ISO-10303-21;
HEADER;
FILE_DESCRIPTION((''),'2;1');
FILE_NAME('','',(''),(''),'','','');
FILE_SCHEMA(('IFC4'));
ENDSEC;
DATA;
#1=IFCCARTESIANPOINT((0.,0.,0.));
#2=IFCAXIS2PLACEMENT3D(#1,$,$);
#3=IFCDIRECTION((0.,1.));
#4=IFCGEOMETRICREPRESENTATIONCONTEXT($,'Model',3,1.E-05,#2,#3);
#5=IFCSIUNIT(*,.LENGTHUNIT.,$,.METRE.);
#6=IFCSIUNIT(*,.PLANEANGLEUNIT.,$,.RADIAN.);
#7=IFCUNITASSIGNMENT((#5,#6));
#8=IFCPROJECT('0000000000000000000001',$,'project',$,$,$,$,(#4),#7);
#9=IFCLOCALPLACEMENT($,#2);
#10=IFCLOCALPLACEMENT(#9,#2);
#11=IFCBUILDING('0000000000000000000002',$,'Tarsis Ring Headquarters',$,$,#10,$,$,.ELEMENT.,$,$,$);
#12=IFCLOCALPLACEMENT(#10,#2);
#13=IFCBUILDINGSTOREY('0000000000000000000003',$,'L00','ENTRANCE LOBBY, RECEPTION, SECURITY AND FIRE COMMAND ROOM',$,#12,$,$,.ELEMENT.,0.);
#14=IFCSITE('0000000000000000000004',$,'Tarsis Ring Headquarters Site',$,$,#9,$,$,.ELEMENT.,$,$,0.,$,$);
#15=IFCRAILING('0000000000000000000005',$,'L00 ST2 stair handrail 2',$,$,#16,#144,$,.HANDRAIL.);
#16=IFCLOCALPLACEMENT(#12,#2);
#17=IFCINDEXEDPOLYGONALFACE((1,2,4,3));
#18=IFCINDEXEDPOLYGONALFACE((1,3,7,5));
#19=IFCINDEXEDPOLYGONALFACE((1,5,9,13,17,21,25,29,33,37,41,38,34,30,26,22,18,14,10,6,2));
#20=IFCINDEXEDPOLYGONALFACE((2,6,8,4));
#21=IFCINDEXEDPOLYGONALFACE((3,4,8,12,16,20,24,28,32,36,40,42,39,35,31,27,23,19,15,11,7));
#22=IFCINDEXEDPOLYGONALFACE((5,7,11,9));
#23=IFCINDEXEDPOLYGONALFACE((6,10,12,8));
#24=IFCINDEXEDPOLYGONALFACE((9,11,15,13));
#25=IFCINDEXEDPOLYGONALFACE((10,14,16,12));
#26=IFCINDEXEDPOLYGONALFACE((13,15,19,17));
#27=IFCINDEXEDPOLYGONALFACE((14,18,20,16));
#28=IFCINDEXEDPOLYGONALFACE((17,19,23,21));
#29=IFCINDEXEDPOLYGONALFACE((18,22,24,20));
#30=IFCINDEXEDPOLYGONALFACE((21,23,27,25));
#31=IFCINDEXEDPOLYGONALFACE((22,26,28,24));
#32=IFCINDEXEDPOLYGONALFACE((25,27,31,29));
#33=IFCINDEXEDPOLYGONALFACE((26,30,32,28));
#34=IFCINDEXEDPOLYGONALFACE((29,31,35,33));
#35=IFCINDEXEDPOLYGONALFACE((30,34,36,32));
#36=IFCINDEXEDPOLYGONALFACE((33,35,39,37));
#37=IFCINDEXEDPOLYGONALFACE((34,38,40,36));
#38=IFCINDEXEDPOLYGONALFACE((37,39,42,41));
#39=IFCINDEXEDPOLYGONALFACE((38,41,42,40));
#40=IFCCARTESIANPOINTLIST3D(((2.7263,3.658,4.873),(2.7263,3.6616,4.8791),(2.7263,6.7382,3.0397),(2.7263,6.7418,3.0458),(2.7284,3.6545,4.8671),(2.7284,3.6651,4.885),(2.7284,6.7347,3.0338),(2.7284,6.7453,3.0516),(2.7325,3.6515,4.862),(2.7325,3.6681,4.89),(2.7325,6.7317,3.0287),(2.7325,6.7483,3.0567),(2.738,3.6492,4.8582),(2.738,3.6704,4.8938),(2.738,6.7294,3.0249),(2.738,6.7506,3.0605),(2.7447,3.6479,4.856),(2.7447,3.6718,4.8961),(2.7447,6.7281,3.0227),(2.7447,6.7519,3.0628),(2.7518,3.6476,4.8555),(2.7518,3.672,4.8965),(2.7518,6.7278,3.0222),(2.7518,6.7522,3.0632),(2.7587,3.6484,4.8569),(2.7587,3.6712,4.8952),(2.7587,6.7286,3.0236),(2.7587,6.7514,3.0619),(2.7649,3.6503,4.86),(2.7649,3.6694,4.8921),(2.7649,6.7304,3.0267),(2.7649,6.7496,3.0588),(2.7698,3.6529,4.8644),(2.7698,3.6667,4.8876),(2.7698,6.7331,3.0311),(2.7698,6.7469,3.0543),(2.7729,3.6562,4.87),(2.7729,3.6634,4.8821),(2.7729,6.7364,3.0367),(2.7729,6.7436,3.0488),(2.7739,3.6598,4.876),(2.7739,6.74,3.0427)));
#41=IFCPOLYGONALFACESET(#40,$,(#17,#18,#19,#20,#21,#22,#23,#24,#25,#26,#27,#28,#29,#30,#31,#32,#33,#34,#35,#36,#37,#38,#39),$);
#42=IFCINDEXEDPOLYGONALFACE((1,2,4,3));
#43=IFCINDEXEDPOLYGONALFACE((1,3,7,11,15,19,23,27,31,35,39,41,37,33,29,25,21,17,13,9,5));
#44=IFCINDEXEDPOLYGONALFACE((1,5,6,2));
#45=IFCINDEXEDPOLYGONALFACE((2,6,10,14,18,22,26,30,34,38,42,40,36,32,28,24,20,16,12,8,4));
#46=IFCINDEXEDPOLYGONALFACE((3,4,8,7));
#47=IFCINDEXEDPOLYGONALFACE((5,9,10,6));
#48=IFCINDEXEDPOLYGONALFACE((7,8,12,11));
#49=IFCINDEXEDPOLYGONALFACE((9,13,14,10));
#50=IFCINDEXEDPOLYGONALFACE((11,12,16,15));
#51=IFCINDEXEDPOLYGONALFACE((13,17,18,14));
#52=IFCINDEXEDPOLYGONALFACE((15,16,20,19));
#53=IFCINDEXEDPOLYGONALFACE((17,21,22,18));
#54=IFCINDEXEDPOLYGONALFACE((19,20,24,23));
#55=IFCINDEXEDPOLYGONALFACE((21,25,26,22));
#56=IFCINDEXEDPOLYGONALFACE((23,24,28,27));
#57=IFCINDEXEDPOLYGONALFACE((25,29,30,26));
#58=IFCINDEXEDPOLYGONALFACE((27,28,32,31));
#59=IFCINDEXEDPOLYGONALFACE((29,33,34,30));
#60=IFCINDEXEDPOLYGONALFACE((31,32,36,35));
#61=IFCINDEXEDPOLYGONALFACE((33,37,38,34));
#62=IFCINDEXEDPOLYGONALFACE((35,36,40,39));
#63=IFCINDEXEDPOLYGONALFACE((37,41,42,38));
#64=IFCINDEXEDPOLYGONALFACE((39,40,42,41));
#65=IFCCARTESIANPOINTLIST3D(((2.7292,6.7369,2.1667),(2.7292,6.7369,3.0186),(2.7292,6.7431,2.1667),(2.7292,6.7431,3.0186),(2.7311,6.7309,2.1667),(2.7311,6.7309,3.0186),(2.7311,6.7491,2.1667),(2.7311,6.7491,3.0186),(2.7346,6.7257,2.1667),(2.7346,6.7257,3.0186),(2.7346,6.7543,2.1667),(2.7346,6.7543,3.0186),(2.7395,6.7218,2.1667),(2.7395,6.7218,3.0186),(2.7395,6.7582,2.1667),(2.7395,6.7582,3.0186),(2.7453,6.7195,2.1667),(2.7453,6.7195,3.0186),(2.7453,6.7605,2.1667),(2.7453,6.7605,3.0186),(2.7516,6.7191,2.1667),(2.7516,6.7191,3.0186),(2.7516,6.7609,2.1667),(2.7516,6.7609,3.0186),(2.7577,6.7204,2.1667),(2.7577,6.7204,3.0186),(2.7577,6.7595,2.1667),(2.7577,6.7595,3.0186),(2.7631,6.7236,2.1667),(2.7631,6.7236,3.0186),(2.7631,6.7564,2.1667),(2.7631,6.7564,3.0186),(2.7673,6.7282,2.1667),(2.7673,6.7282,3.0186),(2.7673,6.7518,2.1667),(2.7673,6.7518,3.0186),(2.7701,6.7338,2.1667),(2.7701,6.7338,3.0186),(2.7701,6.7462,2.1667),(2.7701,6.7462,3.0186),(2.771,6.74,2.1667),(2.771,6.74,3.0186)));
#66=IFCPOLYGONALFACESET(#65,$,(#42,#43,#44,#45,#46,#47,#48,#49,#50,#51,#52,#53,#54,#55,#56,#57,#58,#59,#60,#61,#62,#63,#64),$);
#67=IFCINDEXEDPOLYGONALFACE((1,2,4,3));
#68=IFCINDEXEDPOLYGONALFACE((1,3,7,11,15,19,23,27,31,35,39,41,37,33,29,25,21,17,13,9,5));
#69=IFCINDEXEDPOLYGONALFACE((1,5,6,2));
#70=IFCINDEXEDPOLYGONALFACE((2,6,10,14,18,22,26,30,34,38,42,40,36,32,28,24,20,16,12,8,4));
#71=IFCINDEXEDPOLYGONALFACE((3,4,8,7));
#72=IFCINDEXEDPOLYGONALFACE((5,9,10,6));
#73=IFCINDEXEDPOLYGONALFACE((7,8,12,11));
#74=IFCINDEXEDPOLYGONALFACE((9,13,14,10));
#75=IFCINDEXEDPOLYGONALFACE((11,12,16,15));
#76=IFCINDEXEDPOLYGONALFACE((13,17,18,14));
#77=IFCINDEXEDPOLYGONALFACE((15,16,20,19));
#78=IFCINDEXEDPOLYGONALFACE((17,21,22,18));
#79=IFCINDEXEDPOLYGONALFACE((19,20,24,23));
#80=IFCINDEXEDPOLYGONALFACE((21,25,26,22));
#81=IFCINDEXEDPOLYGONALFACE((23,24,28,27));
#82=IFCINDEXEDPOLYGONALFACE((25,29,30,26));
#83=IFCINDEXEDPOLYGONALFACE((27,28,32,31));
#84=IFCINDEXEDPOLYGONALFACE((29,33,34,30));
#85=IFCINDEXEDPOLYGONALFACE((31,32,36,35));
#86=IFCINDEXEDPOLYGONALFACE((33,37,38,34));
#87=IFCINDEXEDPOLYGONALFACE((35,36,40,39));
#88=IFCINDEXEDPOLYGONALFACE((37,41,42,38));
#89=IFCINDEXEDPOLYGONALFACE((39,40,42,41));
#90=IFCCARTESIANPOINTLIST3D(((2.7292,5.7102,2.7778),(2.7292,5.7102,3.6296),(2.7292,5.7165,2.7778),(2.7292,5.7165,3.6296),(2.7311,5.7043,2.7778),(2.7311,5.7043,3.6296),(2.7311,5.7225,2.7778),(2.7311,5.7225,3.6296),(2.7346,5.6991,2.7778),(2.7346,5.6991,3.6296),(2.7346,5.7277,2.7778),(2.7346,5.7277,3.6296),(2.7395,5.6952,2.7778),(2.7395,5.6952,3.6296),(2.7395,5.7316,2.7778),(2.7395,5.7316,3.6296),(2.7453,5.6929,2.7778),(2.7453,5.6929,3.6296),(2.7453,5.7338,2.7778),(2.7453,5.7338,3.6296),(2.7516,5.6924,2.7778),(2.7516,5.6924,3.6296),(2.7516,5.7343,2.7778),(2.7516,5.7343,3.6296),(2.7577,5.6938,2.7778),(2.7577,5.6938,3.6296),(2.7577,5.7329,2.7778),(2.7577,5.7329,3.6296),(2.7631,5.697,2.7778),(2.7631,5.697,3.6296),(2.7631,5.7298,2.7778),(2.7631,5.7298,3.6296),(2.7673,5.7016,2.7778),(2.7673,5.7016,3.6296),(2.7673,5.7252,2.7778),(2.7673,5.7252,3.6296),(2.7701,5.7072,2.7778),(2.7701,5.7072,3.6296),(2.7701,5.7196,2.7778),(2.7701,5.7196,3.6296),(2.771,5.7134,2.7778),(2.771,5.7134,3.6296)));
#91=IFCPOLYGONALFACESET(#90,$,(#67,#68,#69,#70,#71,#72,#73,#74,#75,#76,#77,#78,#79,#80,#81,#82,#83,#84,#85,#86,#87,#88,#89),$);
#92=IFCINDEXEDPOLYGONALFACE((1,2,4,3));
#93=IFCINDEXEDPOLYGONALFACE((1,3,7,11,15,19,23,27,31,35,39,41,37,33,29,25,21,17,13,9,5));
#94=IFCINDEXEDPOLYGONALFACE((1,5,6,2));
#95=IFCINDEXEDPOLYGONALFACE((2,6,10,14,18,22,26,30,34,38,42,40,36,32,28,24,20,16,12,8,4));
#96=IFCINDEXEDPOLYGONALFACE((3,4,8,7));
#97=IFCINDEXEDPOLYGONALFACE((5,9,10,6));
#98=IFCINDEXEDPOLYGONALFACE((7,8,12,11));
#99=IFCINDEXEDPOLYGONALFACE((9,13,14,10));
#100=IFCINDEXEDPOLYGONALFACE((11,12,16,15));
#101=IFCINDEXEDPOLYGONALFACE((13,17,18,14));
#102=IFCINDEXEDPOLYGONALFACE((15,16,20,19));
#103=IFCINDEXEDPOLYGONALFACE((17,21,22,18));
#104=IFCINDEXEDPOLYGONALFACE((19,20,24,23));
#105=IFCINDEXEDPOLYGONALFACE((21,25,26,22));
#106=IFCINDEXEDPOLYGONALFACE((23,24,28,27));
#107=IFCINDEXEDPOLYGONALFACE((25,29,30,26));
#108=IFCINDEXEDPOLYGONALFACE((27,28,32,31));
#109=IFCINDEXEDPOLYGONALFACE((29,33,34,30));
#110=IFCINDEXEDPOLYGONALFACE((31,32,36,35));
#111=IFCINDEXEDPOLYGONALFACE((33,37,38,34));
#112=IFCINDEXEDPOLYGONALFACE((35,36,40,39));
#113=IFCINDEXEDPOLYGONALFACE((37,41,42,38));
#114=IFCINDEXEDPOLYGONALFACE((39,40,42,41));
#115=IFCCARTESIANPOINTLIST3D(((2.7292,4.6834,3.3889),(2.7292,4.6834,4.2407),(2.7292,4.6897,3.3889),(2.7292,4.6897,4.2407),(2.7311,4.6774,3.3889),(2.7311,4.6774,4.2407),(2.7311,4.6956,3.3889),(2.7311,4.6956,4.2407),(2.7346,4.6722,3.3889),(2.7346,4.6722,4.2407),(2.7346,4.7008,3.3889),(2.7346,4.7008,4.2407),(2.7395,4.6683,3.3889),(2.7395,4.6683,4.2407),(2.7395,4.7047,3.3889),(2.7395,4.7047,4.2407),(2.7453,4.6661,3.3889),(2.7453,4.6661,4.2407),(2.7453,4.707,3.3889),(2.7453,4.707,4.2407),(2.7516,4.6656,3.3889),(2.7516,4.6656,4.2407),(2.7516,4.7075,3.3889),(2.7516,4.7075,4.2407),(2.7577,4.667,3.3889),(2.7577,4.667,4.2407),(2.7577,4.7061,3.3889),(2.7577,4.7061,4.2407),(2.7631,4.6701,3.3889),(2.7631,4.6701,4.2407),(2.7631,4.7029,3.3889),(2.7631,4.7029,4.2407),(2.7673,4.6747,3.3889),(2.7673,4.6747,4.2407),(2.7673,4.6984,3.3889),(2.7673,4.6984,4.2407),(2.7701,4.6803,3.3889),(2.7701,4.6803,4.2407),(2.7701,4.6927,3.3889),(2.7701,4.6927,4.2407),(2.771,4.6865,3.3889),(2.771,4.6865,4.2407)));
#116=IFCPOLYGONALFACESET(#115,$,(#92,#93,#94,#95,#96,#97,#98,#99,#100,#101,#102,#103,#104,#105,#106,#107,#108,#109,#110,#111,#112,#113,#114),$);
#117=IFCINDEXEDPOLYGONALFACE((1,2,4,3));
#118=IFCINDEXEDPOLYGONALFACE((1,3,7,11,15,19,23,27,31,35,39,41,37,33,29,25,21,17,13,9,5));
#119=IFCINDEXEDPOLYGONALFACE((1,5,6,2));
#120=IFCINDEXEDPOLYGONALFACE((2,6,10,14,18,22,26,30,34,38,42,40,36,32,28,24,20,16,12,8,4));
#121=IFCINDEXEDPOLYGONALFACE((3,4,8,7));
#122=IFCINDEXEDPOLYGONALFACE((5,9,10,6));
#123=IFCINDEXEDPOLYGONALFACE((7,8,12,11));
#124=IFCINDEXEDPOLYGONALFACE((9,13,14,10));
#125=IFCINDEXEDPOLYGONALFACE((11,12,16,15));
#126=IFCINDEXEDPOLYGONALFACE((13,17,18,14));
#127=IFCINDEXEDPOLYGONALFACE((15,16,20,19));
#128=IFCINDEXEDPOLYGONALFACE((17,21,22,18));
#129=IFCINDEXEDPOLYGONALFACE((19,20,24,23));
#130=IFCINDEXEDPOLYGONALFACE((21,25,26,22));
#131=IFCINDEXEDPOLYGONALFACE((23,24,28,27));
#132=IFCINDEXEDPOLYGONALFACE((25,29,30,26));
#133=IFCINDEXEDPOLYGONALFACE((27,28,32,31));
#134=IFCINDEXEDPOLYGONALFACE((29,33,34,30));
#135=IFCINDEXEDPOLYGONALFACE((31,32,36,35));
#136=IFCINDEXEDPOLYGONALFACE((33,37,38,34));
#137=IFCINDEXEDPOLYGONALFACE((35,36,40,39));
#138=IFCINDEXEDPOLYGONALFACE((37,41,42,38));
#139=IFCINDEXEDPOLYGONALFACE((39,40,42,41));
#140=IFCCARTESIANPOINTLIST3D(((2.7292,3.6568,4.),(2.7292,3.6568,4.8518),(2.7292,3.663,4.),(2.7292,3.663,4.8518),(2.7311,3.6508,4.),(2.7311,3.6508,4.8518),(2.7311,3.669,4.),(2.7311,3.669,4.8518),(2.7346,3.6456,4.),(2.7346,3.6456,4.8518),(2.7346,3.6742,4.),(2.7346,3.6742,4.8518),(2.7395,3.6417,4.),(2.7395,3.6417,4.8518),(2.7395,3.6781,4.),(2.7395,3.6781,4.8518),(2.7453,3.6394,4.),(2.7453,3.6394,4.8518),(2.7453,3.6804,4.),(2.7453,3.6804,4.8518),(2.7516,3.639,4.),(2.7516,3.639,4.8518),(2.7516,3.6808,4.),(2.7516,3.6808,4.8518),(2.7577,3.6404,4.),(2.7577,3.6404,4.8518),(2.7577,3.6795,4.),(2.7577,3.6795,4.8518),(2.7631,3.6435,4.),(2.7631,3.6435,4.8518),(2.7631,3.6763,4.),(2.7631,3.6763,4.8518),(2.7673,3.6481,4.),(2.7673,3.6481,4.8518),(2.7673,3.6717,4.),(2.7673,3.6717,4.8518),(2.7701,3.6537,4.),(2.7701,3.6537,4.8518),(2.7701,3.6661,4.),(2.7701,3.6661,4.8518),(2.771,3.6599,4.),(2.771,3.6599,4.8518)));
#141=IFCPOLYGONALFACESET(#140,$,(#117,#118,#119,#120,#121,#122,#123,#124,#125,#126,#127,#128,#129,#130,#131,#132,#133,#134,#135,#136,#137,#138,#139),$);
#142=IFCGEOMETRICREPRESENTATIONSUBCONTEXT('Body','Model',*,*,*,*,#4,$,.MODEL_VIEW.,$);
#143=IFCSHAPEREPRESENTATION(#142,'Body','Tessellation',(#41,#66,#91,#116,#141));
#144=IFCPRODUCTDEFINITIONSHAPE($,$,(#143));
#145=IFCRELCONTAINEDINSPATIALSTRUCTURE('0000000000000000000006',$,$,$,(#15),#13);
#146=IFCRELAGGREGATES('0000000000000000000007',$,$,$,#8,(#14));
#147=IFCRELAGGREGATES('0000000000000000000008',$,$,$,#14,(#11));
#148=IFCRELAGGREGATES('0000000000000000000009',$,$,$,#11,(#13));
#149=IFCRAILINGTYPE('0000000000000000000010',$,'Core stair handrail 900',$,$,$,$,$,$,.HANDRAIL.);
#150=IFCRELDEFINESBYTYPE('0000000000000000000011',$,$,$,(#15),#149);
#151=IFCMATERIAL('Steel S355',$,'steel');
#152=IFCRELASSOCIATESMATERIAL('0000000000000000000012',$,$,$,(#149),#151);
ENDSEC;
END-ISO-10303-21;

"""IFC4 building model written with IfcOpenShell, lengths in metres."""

from ifc_helpers import new_model, si_unit, direction, frame, origin, origin_2d, place, context, subcontext, project, spatial, circle, extrude, material, type_object, element, save


model = new_model("IFC4")

# Units and contexts
model_context = context("Model", 3, precision=1e-05, world=origin(), true_north=direction((0.0, 1.0)))
body_context = subcontext(model_context, "Body", "Model", "MODEL_VIEW")
ifc_project = project(units=[si_unit("LENGTHUNIT", "METRE"), si_unit("PLANEANGLEUNIT", "RADIAN")], contexts=[model_context])

# Site, building, storey
site_placement = place(None, origin())
site = spatial("IfcSite", under=ifc_project, at=site_placement, Name="Tarsis Ring Headquarters Site", CompositionType="ELEMENT", RefElevation=0.0)
building_placement = place(site_placement, origin())
building = spatial("IfcBuilding", under=site, at=building_placement, Name="Tarsis Ring Headquarters", CompositionType="ELEMENT")
storey_placement = place(building_placement, origin())
storey = spatial("IfcBuildingStorey", under=building, at=storey_placement, Name="L00", Description="ENTRANCE LOBBY, RECEPTION, SECURITY AND FIRE COMMAND ROOM", CompositionType="ELEMENT", Elevation=0.0)

# Railing
ifc_material_1 = material(Name="Steel S355", Category="steel")
railing_type = type_object("IfcRailingType", Name="Core stair handrail 900", PredefinedType="HANDRAIL", material=ifc_material_1)
for number, where, name in (
    (1, (2.75, 6.74, 2.1667), "L00 ST2 stair handrail 2"),
):
    element("IfcRailing", number, at=place(storey_placement, frame(where)), inside=storey, type_object=railing_type, Name=name, PredefinedType="HANDRAIL", context=body_context, shape_type="SweptSolid", body=[
        extrude(circle(Radius=0.0239, at=origin_2d()), frame((0.0, 0.0, 0.876), z_axis=(0.0, -0.859309, 0.511458), x_axis=(1.0, 0.0, 0.0)), (0.0, 0.0, 1.0), 3.5845),
        extrude(circle(Radius=0.021, at=origin_2d()), origin(), (0.0, 0.0, 1.0), 0.8518),
        extrude(circle(Radius=0.021, at=origin_2d()), frame((0.0, -1.0266, 0.6111)), (0.0, 0.0, 1.0), 0.8518),
        extrude(circle(Radius=0.021, at=origin_2d()), frame((0.0, -2.0535, 1.2222)), (0.0, 0.0, 1.0), 0.8518),
        extrude(circle(Radius=0.021, at=origin_2d()), frame((0.0, -3.0801, 1.8333)), (0.0, 0.0, 1.0), 0.8518),
    ])

save(model, "model.ifc")
